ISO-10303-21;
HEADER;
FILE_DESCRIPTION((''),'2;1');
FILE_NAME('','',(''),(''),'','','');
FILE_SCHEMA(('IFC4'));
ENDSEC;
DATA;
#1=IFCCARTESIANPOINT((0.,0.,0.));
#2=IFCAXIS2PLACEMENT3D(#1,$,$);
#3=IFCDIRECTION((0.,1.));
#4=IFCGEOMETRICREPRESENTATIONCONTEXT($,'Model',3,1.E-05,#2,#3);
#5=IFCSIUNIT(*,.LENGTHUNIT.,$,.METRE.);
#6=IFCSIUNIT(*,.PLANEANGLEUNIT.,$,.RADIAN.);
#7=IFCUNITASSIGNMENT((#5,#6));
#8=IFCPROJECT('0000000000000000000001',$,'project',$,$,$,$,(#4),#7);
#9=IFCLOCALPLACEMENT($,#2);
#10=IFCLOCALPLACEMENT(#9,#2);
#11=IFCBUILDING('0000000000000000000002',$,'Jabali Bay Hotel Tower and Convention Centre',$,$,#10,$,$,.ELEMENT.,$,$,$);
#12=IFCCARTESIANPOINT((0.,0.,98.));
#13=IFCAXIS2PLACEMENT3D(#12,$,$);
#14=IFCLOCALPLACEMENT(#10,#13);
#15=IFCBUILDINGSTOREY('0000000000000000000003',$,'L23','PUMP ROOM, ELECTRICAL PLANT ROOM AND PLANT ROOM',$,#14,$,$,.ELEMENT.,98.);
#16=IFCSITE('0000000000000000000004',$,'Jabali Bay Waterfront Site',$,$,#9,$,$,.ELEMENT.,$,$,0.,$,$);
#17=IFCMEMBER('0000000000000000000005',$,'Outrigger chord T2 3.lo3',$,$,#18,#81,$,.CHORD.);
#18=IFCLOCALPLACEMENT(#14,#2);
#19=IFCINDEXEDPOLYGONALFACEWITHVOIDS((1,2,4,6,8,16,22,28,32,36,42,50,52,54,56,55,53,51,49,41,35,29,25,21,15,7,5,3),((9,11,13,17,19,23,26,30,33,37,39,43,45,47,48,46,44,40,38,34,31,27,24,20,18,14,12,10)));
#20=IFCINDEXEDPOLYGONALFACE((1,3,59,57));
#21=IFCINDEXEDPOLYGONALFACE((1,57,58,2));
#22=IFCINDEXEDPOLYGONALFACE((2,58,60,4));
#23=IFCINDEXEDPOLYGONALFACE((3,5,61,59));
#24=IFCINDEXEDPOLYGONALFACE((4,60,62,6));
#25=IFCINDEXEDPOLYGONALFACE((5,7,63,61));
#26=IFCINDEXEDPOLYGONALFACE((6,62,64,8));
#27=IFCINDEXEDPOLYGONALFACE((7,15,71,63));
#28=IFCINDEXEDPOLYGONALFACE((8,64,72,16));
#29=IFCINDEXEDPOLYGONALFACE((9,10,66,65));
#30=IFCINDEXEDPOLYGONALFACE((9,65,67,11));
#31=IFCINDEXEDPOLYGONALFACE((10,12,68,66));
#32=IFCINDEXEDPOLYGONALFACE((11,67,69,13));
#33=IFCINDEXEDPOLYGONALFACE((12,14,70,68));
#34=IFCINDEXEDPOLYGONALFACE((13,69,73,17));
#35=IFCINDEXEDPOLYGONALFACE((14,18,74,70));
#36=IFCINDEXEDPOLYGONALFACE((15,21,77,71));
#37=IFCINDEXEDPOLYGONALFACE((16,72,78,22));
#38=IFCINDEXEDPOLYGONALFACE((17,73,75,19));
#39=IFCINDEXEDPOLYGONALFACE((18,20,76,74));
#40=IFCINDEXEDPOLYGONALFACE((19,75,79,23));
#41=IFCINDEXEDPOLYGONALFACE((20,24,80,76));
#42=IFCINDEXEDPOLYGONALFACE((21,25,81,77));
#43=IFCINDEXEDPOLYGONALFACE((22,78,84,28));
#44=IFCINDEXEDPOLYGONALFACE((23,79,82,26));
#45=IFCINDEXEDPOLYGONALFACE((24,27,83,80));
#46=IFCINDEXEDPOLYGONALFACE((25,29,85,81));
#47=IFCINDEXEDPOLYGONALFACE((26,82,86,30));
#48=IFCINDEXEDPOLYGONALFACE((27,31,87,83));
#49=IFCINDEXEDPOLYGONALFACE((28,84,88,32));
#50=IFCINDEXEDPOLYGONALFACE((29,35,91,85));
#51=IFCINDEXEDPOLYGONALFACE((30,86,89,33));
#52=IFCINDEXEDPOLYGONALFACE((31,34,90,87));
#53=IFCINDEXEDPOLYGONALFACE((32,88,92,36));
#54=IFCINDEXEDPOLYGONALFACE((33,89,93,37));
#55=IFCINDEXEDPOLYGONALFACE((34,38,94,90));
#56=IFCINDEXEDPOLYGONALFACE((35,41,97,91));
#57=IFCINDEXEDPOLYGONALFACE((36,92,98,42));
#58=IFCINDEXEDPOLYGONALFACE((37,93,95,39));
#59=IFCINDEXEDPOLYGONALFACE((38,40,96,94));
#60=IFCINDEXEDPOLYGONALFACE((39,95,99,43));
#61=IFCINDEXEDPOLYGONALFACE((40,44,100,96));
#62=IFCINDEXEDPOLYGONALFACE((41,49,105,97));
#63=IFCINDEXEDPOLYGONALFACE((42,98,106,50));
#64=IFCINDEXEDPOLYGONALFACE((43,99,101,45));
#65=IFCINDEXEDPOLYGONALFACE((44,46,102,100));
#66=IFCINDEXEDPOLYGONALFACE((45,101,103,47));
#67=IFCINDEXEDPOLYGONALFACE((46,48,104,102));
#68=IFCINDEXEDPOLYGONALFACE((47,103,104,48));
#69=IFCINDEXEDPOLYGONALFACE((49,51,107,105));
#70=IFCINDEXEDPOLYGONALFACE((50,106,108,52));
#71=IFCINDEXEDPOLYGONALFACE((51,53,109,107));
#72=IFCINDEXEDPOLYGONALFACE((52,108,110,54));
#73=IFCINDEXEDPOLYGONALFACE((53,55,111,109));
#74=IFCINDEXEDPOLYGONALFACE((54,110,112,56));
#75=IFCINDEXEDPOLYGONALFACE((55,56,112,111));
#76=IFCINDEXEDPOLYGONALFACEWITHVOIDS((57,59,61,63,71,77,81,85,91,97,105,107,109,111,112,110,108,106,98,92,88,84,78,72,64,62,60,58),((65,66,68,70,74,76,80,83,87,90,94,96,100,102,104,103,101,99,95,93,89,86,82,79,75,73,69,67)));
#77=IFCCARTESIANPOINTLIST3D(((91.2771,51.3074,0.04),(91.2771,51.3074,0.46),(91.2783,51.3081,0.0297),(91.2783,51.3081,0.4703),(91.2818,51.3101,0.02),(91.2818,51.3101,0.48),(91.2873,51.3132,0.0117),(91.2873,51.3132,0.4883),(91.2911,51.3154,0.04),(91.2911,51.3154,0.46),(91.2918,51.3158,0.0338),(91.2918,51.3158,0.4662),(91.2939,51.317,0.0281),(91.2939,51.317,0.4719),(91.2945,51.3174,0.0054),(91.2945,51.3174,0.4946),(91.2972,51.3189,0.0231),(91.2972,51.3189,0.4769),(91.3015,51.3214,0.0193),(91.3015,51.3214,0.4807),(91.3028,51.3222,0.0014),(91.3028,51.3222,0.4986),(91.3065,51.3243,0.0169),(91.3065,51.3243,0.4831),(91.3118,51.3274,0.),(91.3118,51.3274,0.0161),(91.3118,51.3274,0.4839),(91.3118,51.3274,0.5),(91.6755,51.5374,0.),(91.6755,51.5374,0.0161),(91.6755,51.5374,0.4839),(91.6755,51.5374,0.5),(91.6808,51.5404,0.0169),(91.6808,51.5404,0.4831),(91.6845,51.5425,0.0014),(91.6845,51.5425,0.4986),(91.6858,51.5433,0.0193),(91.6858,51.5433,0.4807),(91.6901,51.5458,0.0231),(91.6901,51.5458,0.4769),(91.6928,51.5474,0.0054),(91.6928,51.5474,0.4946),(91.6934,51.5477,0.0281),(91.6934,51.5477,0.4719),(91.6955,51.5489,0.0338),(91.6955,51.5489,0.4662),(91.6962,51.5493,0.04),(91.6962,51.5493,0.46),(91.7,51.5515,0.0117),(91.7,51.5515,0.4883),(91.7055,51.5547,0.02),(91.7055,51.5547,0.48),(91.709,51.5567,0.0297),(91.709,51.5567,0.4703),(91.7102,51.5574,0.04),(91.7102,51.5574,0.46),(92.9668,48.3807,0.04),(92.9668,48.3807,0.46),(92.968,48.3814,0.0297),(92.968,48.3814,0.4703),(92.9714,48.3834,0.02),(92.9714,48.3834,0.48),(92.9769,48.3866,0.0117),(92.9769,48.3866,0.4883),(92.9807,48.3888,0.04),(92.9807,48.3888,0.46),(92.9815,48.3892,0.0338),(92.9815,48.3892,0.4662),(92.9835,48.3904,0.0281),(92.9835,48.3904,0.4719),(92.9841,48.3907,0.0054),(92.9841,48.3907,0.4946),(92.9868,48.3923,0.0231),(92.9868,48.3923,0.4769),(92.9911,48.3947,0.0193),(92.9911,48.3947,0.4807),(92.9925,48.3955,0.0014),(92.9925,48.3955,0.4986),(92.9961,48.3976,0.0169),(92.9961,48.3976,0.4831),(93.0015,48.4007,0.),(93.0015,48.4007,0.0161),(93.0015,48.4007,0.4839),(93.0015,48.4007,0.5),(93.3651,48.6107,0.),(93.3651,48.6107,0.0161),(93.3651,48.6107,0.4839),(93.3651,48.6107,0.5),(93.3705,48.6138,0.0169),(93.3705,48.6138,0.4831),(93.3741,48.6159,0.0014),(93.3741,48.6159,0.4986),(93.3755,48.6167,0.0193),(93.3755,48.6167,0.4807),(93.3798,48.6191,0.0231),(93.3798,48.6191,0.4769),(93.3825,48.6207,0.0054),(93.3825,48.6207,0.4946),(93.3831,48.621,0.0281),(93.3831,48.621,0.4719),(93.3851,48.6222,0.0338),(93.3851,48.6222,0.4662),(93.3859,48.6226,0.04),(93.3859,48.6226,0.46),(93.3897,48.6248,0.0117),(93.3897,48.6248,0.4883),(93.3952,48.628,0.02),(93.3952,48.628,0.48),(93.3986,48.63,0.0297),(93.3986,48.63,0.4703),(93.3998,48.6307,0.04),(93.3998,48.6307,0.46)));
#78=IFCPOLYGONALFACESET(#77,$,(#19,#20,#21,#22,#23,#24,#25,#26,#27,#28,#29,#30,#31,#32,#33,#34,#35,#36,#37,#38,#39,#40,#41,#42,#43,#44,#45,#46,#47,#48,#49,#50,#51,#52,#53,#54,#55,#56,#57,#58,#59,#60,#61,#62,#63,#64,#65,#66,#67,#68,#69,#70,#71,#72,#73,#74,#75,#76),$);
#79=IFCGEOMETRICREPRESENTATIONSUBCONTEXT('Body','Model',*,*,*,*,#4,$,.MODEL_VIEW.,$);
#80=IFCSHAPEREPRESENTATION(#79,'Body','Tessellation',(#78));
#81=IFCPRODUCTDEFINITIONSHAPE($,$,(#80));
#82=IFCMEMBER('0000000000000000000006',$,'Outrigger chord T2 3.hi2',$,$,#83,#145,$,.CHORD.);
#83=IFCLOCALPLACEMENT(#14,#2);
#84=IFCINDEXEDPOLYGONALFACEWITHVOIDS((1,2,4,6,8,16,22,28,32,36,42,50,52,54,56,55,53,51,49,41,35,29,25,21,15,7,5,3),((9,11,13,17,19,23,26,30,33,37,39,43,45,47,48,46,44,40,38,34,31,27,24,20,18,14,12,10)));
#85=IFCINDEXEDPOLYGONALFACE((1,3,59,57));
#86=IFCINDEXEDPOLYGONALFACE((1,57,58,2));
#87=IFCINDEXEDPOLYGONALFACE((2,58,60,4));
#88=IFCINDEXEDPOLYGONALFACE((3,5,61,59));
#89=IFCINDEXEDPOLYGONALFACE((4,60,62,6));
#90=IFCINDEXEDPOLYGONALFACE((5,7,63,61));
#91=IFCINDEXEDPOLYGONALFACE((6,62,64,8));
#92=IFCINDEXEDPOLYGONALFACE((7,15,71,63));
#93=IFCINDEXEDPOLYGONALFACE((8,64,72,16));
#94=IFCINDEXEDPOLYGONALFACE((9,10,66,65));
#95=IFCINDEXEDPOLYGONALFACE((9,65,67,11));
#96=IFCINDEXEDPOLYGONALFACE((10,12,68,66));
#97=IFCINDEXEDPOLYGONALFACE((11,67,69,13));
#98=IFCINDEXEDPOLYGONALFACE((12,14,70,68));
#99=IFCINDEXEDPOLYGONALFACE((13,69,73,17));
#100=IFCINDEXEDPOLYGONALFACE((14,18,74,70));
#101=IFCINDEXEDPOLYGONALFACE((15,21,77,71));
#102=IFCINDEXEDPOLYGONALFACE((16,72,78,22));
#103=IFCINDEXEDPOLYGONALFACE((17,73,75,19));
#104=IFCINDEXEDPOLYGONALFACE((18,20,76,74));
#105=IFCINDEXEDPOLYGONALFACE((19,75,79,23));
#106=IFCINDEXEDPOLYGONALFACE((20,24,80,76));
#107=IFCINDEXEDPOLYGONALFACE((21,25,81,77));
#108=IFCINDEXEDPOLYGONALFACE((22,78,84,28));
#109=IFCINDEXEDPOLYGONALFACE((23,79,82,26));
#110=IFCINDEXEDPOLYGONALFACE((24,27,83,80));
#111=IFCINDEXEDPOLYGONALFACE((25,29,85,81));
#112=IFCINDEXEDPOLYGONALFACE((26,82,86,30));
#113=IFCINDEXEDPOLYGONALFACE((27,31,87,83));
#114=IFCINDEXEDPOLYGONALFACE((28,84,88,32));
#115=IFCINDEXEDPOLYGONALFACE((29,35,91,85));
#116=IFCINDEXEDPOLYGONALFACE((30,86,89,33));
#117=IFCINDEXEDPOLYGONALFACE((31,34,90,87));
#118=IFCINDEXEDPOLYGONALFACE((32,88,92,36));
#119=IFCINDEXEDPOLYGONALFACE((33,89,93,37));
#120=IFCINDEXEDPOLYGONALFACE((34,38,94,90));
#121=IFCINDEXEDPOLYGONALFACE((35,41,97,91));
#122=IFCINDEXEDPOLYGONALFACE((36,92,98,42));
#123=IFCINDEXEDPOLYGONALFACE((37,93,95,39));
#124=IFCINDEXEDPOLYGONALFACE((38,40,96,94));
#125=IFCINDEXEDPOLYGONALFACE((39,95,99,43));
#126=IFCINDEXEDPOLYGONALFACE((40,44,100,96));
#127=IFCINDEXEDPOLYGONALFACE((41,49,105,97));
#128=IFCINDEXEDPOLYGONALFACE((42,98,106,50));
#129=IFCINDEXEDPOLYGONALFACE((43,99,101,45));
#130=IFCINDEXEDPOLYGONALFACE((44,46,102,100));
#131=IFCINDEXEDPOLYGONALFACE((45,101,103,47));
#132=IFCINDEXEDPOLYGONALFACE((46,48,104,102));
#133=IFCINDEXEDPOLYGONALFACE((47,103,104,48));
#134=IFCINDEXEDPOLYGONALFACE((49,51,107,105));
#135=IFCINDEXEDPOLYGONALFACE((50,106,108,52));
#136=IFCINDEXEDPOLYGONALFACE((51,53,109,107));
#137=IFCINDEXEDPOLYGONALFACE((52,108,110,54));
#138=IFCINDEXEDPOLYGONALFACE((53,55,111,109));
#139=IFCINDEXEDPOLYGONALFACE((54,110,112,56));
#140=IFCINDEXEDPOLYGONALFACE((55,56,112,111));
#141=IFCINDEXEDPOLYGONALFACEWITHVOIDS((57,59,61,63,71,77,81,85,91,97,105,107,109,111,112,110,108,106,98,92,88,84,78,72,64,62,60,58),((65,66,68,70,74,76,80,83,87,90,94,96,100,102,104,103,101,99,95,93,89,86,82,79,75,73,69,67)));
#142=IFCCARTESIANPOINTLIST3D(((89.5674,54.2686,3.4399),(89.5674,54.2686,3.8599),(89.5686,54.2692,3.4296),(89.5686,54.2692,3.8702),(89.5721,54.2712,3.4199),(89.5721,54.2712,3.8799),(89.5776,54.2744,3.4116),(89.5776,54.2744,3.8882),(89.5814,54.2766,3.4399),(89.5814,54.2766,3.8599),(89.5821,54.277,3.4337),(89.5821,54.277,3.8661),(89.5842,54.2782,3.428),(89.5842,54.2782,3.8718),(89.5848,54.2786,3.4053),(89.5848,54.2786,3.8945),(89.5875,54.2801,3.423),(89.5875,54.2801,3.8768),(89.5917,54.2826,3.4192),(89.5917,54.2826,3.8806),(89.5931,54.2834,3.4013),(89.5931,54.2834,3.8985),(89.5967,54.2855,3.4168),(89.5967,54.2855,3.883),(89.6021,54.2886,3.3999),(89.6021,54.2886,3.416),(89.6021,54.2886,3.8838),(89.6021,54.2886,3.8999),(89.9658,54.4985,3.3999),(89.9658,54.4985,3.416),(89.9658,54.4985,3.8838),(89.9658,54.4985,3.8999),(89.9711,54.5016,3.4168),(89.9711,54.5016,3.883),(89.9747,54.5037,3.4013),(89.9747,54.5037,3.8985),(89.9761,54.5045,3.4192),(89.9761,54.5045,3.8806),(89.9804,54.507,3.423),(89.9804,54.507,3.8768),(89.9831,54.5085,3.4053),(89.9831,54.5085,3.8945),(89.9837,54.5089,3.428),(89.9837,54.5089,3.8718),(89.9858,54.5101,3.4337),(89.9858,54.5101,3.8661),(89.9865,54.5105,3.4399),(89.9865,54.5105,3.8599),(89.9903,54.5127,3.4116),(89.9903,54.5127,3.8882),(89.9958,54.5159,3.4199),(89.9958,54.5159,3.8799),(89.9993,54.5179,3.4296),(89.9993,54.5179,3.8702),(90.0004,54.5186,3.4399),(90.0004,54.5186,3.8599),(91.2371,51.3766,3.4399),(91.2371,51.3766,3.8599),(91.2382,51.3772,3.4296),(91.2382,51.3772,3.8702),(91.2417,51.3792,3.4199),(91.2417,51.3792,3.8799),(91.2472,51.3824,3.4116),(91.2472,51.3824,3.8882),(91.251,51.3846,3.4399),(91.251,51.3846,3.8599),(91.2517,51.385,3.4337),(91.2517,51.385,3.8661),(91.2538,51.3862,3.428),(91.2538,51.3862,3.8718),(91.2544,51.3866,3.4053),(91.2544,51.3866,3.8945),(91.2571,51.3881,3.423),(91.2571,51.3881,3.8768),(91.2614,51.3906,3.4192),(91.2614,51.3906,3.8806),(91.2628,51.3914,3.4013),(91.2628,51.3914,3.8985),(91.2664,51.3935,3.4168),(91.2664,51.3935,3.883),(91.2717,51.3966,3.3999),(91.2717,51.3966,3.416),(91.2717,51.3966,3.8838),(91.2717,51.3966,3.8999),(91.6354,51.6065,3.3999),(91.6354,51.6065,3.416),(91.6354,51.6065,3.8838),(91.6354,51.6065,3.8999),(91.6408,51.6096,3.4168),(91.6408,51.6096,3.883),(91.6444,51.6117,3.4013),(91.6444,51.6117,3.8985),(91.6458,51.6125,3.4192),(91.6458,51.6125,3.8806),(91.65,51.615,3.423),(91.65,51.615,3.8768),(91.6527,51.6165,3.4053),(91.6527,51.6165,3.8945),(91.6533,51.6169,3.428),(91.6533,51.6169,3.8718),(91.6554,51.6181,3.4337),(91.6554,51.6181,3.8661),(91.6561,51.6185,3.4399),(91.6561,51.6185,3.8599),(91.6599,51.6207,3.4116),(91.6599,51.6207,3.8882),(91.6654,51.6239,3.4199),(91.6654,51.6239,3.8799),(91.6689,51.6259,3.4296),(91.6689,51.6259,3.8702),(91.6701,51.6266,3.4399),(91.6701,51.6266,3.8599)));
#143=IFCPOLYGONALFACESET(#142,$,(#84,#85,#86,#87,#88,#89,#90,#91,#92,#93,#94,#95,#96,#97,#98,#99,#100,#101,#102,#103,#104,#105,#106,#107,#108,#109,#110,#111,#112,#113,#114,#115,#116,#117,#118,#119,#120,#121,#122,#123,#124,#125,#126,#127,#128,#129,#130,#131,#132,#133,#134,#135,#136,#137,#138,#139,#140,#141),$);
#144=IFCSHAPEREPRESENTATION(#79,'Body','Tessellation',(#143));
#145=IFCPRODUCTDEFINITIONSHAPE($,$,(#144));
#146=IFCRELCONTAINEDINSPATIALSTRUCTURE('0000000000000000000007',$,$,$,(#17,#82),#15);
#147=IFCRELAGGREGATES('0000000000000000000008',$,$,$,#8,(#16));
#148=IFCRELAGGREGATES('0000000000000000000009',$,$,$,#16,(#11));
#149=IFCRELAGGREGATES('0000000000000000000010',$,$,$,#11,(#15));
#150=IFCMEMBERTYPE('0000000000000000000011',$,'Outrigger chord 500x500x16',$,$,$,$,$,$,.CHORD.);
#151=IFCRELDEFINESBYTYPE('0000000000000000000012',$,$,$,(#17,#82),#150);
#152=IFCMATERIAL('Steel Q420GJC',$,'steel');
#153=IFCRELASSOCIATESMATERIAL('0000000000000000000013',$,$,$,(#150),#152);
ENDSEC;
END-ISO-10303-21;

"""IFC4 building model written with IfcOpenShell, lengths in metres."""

from ifc_helpers import new_model, si_unit, direction, frame, origin, origin_2d, place, context, subcontext, project, spatial, hollow_rectangle, extrude, material, material_profile, profile_set, type_object, element, save


model = new_model("IFC4")

# Units and contexts
model_context = context("Model", 3, precision=1e-05, world=origin(), true_north=direction((0.0, 1.0)))
body_context = subcontext(model_context, "Body", "Model", "MODEL_VIEW")
ifc_project = project(units=[si_unit("LENGTHUNIT", "METRE"), si_unit("PLANEANGLEUNIT", "RADIAN")], contexts=[model_context])

# Site, building, storey
site_placement = place(None, origin())
site = spatial("IfcSite", under=ifc_project, at=site_placement, Name="Jabali Bay Waterfront Site", CompositionType="ELEMENT", RefElevation=0.0)
building_placement = place(site_placement, origin())
building = spatial("IfcBuilding", under=site, at=building_placement, Name="Jabali Bay Hotel Tower and Convention Centre", CompositionType="ELEMENT")
storey_placement = place(building_placement, frame((0.0, 0.0, 98.0)))
storey = spatial("IfcBuildingStorey", under=building, at=storey_placement, Name="L23", Description="PUMP ROOM, ELECTRICAL PLANT ROOM AND PLANT ROOM", CompositionType="ELEMENT", Elevation=98.0)

# Members
ifc_material_1 = material(Name="Steel Q420GJC", Category="steel")
ifc_material_profile_1 = material_profile(ifc_material_1, hollow_rectangle(XDim=0.5, YDim=0.5, WallThickness=0.0161, InnerFilletRadius=0.0239, OuterFilletRadius=0.04, at=origin_2d()), Name="Outrigger chord 500x500x16")
ifc_profile_set_1 = profile_set([ifc_material_profile_1], Name="Steel Q420GJC")
member_type_1 = type_object("IfcMemberType", Name="Outrigger chord 500x500x16", PredefinedType="CHORD", material=ifc_profile_set_1)
member_1_placement = place(storey_placement, frame((91.4937, 51.4324, 0.25), z_axis=(0.499985, -0.866034, 0.0), x_axis=(0.866034, 0.499985, 0.0)))
element("IfcMember", 1, at=member_1_placement, inside=storey, type_object=member_type_1, Name="Outrigger chord T2 3.lo3", PredefinedType="CHORD", context=body_context, shape_type="SweptSolid", body=[
    extrude(hollow_rectangle(XDim=0.5, YDim=0.5, WallThickness=0.0161, InnerFilletRadius=0.0239, OuterFilletRadius=0.04, at=origin_2d()), origin(), (0.0, 0.0, 1.0), 3.3794),
])
member_2_placement = place(storey_placement, frame((89.7839, 54.3936, 3.6499), z_axis=(0.499984, -0.866035, 0.0), x_axis=(0.866035, 0.499984, 0.0)))
element("IfcMember", 2, at=member_2_placement, inside=storey, type_object=member_type_1, Name="Outrigger chord T2 3.hi2", PredefinedType="CHORD", context=body_context, shape_type="SweptSolid", body=[
    extrude(hollow_rectangle(XDim=0.5, YDim=0.5, WallThickness=0.0161, InnerFilletRadius=0.0239, OuterFilletRadius=0.04, at=origin_2d()), origin(), (0.0, 0.0, 1.0), 3.3394),
])

save(model, "model.ifc")
